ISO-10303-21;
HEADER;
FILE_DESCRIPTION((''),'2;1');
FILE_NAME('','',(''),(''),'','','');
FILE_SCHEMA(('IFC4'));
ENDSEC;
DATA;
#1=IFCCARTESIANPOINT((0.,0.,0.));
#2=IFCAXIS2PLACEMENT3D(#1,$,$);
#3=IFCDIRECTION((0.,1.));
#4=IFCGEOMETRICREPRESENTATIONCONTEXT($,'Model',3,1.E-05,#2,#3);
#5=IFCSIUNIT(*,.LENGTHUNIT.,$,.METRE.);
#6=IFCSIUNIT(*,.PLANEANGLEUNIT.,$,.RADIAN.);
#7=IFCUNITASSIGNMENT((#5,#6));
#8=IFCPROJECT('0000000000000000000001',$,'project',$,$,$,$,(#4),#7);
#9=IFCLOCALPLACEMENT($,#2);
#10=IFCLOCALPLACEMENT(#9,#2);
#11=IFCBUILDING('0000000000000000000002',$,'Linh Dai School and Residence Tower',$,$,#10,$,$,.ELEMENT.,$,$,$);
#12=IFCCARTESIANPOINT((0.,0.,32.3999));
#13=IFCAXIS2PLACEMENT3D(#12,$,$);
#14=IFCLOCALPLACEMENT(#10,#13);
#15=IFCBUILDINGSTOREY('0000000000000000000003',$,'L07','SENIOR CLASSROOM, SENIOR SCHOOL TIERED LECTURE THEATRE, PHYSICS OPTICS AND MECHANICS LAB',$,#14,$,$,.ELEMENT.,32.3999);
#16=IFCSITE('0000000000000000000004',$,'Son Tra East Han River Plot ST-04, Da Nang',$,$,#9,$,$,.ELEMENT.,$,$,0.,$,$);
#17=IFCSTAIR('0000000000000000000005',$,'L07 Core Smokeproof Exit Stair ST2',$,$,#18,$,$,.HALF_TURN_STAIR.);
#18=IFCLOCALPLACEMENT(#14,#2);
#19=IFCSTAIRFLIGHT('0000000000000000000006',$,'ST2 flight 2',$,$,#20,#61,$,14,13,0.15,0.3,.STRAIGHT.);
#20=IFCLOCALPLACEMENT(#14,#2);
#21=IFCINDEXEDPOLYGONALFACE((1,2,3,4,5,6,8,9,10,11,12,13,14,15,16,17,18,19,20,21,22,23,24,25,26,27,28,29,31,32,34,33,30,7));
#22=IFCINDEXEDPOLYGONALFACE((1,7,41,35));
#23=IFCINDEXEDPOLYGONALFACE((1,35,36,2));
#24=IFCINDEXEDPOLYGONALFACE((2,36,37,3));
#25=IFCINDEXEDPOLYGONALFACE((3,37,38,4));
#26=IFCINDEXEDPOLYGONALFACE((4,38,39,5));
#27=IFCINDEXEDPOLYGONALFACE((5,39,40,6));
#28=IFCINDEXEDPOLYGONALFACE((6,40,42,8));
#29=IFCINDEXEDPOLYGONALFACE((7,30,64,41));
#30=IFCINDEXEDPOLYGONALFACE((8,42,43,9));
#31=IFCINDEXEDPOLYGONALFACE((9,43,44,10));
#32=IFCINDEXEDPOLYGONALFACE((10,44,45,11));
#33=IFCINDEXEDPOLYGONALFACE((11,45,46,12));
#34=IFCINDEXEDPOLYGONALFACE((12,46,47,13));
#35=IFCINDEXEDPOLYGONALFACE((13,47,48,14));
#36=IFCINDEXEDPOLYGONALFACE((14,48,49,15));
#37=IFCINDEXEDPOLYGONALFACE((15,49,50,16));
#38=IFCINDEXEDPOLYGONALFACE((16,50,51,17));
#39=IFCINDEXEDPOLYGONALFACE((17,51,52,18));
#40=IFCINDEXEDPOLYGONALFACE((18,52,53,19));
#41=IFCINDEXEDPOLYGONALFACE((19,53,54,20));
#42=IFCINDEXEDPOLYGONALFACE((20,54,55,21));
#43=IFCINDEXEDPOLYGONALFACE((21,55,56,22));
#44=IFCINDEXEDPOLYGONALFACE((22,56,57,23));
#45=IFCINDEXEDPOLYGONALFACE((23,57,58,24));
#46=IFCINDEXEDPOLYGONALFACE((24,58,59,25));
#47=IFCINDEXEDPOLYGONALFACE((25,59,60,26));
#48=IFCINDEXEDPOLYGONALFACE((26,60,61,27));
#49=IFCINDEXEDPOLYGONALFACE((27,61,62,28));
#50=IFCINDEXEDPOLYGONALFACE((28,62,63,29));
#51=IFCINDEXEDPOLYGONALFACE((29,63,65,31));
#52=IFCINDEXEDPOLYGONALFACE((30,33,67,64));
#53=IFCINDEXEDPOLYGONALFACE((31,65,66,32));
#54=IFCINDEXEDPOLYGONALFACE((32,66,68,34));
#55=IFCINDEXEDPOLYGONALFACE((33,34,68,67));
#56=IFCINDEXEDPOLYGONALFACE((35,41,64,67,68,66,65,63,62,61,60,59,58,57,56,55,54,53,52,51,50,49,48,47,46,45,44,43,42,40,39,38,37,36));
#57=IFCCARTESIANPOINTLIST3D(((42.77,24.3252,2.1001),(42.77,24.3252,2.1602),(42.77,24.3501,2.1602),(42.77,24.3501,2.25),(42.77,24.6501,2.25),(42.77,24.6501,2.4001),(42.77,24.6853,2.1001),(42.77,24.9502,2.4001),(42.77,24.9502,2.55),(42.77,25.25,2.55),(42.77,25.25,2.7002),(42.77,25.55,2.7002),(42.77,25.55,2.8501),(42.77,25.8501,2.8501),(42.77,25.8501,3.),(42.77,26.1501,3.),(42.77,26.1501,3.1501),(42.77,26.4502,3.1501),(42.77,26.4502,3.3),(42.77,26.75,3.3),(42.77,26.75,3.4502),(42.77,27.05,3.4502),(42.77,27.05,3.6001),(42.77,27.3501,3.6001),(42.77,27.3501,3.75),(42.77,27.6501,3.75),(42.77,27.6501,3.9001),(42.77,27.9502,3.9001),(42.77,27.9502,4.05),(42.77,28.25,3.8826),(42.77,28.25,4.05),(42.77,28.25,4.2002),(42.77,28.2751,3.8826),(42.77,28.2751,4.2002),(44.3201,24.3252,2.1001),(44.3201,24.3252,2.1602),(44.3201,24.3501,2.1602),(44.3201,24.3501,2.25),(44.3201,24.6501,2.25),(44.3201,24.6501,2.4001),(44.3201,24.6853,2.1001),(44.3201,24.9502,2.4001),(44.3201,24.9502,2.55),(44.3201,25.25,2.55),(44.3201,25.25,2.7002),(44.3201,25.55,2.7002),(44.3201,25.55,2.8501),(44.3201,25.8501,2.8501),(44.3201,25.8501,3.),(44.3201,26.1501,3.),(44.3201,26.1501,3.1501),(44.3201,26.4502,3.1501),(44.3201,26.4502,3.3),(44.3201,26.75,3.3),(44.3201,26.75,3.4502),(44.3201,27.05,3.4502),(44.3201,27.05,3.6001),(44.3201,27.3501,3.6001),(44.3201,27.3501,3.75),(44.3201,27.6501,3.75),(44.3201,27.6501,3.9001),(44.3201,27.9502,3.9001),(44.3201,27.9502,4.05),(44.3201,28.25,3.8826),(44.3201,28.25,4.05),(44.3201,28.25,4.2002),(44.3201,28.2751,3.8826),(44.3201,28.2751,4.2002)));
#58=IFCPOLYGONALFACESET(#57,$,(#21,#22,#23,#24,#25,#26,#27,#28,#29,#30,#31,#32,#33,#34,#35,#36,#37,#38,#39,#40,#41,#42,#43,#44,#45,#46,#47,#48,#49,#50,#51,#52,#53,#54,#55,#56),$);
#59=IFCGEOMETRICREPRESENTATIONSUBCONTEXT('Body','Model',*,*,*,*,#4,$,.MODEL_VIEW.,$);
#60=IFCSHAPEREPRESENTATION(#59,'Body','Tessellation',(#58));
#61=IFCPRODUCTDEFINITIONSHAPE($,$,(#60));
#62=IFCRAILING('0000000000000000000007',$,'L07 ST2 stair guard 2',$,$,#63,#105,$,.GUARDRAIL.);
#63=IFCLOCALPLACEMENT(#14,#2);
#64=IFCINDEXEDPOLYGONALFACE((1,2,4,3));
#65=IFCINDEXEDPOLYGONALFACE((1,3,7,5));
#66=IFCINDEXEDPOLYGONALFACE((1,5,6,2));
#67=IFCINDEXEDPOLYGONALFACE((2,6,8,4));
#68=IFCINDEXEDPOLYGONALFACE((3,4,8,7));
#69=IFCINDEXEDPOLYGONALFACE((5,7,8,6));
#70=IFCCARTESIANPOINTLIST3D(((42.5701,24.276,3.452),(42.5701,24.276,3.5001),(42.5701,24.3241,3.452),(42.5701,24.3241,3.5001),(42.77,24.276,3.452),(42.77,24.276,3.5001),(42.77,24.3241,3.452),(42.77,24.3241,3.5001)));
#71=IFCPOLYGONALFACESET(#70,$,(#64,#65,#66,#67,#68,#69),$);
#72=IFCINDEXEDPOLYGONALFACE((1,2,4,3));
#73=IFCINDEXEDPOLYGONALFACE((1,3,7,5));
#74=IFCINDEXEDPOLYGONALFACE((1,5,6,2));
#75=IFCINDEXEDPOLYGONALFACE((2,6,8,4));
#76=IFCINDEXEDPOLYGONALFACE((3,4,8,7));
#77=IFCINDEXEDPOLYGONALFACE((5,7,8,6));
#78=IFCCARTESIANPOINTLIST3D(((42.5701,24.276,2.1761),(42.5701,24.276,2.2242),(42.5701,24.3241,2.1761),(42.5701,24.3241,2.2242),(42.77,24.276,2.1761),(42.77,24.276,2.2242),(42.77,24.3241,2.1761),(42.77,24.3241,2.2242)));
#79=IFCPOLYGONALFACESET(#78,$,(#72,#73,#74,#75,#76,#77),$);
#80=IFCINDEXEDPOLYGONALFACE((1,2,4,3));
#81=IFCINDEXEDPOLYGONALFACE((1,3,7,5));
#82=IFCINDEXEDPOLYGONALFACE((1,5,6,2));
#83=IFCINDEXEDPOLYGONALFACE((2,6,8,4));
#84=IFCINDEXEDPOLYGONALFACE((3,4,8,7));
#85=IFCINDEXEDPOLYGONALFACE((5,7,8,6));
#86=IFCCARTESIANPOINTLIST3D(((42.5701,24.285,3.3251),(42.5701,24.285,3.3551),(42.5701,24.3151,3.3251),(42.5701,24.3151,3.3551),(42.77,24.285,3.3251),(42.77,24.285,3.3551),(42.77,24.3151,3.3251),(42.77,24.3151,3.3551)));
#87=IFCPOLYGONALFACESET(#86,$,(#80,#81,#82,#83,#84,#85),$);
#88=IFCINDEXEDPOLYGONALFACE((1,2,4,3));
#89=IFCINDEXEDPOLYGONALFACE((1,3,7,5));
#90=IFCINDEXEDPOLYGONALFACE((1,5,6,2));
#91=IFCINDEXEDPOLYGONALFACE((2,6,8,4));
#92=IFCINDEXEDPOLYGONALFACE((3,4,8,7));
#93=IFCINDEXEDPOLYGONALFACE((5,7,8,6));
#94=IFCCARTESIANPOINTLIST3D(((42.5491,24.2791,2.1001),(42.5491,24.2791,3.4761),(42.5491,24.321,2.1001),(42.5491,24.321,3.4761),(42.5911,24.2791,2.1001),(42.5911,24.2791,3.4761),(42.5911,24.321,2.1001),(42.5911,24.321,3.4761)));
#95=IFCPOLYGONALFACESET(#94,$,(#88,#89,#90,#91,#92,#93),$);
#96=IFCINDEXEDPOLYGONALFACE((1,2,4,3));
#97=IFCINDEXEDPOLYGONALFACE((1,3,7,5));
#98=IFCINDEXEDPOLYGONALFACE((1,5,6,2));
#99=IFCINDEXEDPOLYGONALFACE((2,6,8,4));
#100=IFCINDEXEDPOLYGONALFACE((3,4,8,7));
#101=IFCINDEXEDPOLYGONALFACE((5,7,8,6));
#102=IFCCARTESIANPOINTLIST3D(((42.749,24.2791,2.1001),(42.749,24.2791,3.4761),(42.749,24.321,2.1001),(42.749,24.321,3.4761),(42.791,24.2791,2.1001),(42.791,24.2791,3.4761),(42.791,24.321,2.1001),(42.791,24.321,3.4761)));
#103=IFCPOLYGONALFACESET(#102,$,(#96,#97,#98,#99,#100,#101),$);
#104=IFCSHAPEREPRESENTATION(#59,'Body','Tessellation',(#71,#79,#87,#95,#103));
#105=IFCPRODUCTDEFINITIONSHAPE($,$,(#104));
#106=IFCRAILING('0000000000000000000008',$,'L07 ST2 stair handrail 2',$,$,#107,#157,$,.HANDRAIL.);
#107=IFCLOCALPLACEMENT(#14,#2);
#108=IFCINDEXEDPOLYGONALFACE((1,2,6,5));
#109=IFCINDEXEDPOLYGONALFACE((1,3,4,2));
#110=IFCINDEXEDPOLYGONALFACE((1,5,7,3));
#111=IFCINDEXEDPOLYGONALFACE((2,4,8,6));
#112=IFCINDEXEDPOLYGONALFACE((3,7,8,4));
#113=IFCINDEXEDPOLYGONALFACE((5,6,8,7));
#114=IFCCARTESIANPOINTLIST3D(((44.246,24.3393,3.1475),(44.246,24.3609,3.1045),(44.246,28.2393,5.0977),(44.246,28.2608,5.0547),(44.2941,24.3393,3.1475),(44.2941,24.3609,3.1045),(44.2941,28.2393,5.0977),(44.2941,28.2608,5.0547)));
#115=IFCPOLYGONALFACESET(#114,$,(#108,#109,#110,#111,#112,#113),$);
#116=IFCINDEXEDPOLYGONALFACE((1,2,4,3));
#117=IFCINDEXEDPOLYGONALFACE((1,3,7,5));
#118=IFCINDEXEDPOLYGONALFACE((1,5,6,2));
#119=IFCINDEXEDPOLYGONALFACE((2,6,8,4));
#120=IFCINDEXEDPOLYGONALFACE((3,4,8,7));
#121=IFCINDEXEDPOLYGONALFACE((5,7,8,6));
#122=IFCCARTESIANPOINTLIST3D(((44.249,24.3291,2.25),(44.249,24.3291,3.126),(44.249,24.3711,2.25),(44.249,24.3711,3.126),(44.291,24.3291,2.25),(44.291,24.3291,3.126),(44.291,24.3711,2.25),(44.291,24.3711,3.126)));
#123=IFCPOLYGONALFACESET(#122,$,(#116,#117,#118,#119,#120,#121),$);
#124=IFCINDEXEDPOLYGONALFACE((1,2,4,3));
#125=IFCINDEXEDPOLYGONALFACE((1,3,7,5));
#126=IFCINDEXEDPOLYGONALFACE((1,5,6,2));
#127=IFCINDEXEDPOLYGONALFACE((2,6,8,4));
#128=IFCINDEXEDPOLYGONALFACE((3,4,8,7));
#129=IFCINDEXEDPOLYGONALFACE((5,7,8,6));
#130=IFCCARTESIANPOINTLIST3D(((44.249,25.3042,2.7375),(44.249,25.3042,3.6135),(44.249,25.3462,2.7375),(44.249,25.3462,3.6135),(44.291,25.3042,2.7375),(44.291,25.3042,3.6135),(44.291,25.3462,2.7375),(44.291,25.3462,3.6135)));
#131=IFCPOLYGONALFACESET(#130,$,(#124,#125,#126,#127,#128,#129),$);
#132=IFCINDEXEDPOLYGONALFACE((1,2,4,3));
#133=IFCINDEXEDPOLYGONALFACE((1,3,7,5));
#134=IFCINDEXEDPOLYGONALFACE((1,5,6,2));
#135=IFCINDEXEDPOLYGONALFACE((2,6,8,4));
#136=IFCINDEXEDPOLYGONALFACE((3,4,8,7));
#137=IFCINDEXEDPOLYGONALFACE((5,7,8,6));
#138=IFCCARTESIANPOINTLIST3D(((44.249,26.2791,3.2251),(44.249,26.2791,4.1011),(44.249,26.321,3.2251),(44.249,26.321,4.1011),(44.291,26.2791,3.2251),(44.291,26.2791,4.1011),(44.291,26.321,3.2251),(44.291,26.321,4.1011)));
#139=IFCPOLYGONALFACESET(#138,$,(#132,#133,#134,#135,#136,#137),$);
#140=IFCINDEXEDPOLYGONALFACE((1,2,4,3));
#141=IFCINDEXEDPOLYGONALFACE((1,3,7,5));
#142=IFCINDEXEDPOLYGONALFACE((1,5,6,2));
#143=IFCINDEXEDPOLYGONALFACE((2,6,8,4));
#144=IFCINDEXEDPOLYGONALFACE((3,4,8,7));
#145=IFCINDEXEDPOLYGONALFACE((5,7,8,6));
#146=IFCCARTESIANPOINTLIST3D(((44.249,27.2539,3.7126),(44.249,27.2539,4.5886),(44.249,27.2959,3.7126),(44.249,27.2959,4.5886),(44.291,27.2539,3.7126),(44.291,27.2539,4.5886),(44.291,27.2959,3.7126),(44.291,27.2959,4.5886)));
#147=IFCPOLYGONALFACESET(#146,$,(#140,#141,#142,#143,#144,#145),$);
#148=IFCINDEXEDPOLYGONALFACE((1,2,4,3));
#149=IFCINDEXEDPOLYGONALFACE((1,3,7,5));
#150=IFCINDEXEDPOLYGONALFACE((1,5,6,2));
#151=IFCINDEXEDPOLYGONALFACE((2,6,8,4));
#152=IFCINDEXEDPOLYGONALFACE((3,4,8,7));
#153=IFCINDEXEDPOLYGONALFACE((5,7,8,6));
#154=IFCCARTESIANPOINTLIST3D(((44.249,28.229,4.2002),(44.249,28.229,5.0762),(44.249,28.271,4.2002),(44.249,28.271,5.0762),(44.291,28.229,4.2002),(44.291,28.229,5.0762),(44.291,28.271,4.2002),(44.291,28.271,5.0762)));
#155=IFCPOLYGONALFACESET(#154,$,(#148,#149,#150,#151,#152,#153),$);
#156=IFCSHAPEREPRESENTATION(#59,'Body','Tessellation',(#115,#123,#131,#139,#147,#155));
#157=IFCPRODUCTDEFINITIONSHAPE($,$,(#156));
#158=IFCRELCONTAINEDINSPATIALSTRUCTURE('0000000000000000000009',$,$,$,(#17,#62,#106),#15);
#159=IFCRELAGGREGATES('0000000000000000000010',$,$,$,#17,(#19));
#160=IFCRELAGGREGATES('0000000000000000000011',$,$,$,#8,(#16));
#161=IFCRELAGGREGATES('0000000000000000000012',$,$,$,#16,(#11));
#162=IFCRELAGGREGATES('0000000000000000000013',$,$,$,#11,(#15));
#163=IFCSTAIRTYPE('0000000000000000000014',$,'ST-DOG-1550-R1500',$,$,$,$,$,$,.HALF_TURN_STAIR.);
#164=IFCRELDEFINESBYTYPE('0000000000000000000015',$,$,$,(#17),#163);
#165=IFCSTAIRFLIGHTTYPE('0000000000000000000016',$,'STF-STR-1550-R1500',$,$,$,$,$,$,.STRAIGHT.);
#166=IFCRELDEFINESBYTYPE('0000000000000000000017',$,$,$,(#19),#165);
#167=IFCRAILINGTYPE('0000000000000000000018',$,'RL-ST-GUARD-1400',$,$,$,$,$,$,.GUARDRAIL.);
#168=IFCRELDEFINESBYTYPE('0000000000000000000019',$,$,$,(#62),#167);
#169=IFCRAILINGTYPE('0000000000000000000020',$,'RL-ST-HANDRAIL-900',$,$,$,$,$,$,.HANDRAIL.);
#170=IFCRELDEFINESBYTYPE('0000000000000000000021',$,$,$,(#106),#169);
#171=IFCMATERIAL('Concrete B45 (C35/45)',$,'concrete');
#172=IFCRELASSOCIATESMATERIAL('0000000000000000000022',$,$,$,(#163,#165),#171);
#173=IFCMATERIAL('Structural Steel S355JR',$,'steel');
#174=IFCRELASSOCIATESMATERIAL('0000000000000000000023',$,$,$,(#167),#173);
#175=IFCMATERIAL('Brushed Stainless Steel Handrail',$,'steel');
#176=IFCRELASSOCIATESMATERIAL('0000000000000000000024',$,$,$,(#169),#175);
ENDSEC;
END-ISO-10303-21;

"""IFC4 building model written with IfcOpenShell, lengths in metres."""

from ifc_helpers import new_model, si_unit, direction, frame, origin, origin_2d, place, context, subcontext, project, spatial, polyline, rectangle, outline, extrude, source, transform, mapped, material, type_object, element, aggregate, save


model = new_model("IFC4")

# Units and contexts
model_context = context("Model", 3, precision=1e-05, world=origin(), true_north=direction((0.0, 1.0)))
body_context = subcontext(model_context, "Body", "Model", "MODEL_VIEW")
ifc_project = project(units=[si_unit("LENGTHUNIT", "METRE"), si_unit("PLANEANGLEUNIT", "RADIAN")], contexts=[model_context])

# Site, building, storey
site_placement = place(None, origin())
site = spatial("IfcSite", under=ifc_project, at=site_placement, Name="Son Tra East Han River Plot ST-04, Da Nang", CompositionType="ELEMENT", RefElevation=0.0)
building_placement = place(site_placement, origin())
building = spatial("IfcBuilding", under=site, at=building_placement, Name="Linh Dai School and Residence Tower", CompositionType="ELEMENT")
storey_placement = place(building_placement, frame((0.0, 0.0, 32.3999)))
storey = spatial("IfcBuildingStorey", under=building, at=storey_placement, Name="L07", Description="SENIOR CLASSROOM, SENIOR SCHOOL TIERED LECTURE THEATRE, PHYSICS OPTICS AND MECHANICS LAB", CompositionType="ELEMENT", Elevation=32.3999)

# Shared definitions
ifc_material_1 = material(Name="Structural Steel S355JR", Category="steel")

# Shared definitions
ifc_material_2 = material(Name="Concrete B45 (C35/45)", Category="concrete")

# Stair, stair flight
stair_type = type_object("IfcStairType", Name="ST-DOG-1550-R1500", PredefinedType="HALF_TURN_STAIR", material=ifc_material_2)
stair_placement = place(storey_placement, origin())
stair = element("IfcStair", 1, at=stair_placement, inside=storey, type_object=stair_type, Name="L07 Core Smokeproof Exit Stair ST2", PredefinedType="HALF_TURN_STAIR")
stair_flight_type = type_object("IfcStairFlightType", Name="STF-STR-1550-R1500", PredefinedType="STRAIGHT", material=ifc_material_2)
shared_shape_1 = source(origin(), body_context, "Body", "SweptSolid", [
    extrude(outline(polyline([(-0.0249, 0.0), (-0.0249, 0.0601), (0.0, 0.0601), (0.0, 0.1499), (0.3, 0.1499), (0.3, 0.3), (0.6001, 0.3), (0.6001, 0.45), (0.8999, 0.45), (0.8999, 0.6001), (1.2, 0.6001), (1.2, 0.75), (1.5, 0.75), (1.5, 0.8999), (1.8, 0.8999), (1.8, 1.05), (2.1001, 1.05), (2.1001, 1.2), (2.3999, 1.2), (2.3999, 1.3501), (2.7, 1.3501), (2.7, 1.5), (3.0, 1.5), (3.0, 1.6499), (3.3, 1.6499), (3.3, 1.8), (3.6001, 1.8), (3.6001, 1.95), (3.8999, 1.95), (3.8999, 2.1001), (3.925, 2.1001), (3.925, 1.7825), (3.8999, 1.7825), (0.3352, 0.0), (-0.0249, 0.0)])), frame((0.0, 0.7749, 0.0), z_axis=(0.0, -1.0, 0.0), x_axis=(1.0, 0.0, 0.0)), (0.0, 0.0, 1.0), 1.55),
])
stair_flight_placement = place(storey_placement, frame((43.5449, 24.3501, 2.1001), z_axis=(0.0, 0.0, 1.0), x_axis=(0.0, 1.0, 0.0)))
stair_flight = element("IfcStairFlight", 2, at=stair_flight_placement, type_object=stair_flight_type, Name="ST2 flight 2", NumberOfRisers=14, NumberOfTreads=13, PredefinedType="STRAIGHT", RiserHeight=0.15, TreadLength=0.3, context=body_context, shape_type="MappedRepresentation", body=[
    mapped(shared_shape_1, transform((0.0, 0.0, 0.0), x_axis=(1.0, 0.0, 0.0), y_axis=(0.0, 1.0, 0.0), z_axis=(0.0, 0.0, 1.0), scale=1.0)),
])
aggregate(stair, [stair_flight])

# Railings
railing_type_1 = type_object("IfcRailingType", Name="RL-ST-GUARD-1400", PredefinedType="GUARDRAIL", material=ifc_material_1)
shared_shape_2 = source(origin(), body_context, "Body", "SweptSolid", [
    extrude(rectangle(XDim=0.0481, YDim=0.0481, at=origin_2d()), frame((0.0, 0.0, 1.376), z_axis=(1.0, 0.0, 0.0), x_axis=(0.0, 1.0, 0.0)), (0.0, 0.0, 1.0), 0.2),
    extrude(rectangle(XDim=0.0481, YDim=0.0481, at=origin_2d()), frame((0.0, 0.0, 0.1001), z_axis=(1.0, 0.0, 0.0), x_axis=(0.0, 1.0, 0.0)), (0.0, 0.0, 1.0), 0.2),
    extrude(rectangle(XDim=0.03, YDim=0.03, at=origin_2d()), frame((0.0, 0.0, 1.24), z_axis=(1.0, 0.0, 0.0), x_axis=(0.0, 1.0, 0.0)), (0.0, 0.0, 1.0), 0.2),
    extrude(rectangle(XDim=0.042, YDim=0.042, at=origin_2d()), origin(), (0.0, 0.0, 1.0), 1.376),
    extrude(rectangle(XDim=0.042, YDim=0.042, at=origin_2d()), frame((0.2, 0.0, 0.0)), (0.0, 0.0, 1.0), 1.376),
])
railing_1_placement = place(storey_placement, frame((42.5701, 24.3, 2.1001)))
element("IfcRailing", 3, at=railing_1_placement, inside=storey, type_object=railing_type_1, Name="L07 ST2 stair guard 2", PredefinedType="GUARDRAIL", context=body_context, shape_type="MappedRepresentation", body=[
    mapped(shared_shape_2, transform((0.0, 0.0, 0.0), x_axis=(1.0, 0.0, 0.0), y_axis=(0.0, 1.0, 0.0), z_axis=(0.0, 0.0, 1.0), scale=1.0)),
])
ifc_material_3 = material(Name="Brushed Stainless Steel Handrail", Category="steel")
railing_type_2 = type_object("IfcRailingType", Name="RL-ST-HANDRAIL-900", PredefinedType="HANDRAIL", material=ifc_material_3)
shared_shape_3 = source(origin(), body_context, "Body", "SweptSolid", [
    extrude(rectangle(XDim=0.0481, YDim=0.0481, at=origin_2d()), frame((0.0, 0.0, 0.876), z_axis=(0.0, 0.894405, 0.447258), x_axis=(-1.0, 0.0, 0.0)), (0.0, 0.0, 1.0), 4.3604),
    extrude(rectangle(XDim=0.042, YDim=0.042, at=origin_2d()), origin(), (0.0, 0.0, 1.0), 0.876),
    extrude(rectangle(XDim=0.042, YDim=0.042, at=origin_2d()), frame((0.0, 0.9751, 0.4875)), (0.0, 0.0, 1.0), 0.876),
    extrude(rectangle(XDim=0.042, YDim=0.042, at=origin_2d()), frame((0.0, 1.95, 0.9751)), (0.0, 0.0, 1.0), 0.876),
    extrude(rectangle(XDim=0.042, YDim=0.042, at=origin_2d()), frame((0.0, 2.9248, 1.4626)), (0.0, 0.0, 1.0), 0.876),
    extrude(rectangle(XDim=0.042, YDim=0.042, at=origin_2d()), frame((0.0, 3.8999, 1.9502)), (0.0, 0.0, 1.0), 0.876),
])
railing_2_placement = place(storey_placement, frame((44.27, 24.3501, 2.25)))
element("IfcRailing", 4, at=railing_2_placement, inside=storey, type_object=railing_type_2, Name="L07 ST2 stair handrail 2", PredefinedType="HANDRAIL", context=body_context, shape_type="MappedRepresentation", body=[
    mapped(shared_shape_3, transform((0.0, 0.0, 0.0), x_axis=(1.0, 0.0, 0.0), y_axis=(0.0, 1.0, 0.0), z_axis=(0.0, 0.0, 1.0), scale=1.0)),
])

save(model, "model.ifc")
